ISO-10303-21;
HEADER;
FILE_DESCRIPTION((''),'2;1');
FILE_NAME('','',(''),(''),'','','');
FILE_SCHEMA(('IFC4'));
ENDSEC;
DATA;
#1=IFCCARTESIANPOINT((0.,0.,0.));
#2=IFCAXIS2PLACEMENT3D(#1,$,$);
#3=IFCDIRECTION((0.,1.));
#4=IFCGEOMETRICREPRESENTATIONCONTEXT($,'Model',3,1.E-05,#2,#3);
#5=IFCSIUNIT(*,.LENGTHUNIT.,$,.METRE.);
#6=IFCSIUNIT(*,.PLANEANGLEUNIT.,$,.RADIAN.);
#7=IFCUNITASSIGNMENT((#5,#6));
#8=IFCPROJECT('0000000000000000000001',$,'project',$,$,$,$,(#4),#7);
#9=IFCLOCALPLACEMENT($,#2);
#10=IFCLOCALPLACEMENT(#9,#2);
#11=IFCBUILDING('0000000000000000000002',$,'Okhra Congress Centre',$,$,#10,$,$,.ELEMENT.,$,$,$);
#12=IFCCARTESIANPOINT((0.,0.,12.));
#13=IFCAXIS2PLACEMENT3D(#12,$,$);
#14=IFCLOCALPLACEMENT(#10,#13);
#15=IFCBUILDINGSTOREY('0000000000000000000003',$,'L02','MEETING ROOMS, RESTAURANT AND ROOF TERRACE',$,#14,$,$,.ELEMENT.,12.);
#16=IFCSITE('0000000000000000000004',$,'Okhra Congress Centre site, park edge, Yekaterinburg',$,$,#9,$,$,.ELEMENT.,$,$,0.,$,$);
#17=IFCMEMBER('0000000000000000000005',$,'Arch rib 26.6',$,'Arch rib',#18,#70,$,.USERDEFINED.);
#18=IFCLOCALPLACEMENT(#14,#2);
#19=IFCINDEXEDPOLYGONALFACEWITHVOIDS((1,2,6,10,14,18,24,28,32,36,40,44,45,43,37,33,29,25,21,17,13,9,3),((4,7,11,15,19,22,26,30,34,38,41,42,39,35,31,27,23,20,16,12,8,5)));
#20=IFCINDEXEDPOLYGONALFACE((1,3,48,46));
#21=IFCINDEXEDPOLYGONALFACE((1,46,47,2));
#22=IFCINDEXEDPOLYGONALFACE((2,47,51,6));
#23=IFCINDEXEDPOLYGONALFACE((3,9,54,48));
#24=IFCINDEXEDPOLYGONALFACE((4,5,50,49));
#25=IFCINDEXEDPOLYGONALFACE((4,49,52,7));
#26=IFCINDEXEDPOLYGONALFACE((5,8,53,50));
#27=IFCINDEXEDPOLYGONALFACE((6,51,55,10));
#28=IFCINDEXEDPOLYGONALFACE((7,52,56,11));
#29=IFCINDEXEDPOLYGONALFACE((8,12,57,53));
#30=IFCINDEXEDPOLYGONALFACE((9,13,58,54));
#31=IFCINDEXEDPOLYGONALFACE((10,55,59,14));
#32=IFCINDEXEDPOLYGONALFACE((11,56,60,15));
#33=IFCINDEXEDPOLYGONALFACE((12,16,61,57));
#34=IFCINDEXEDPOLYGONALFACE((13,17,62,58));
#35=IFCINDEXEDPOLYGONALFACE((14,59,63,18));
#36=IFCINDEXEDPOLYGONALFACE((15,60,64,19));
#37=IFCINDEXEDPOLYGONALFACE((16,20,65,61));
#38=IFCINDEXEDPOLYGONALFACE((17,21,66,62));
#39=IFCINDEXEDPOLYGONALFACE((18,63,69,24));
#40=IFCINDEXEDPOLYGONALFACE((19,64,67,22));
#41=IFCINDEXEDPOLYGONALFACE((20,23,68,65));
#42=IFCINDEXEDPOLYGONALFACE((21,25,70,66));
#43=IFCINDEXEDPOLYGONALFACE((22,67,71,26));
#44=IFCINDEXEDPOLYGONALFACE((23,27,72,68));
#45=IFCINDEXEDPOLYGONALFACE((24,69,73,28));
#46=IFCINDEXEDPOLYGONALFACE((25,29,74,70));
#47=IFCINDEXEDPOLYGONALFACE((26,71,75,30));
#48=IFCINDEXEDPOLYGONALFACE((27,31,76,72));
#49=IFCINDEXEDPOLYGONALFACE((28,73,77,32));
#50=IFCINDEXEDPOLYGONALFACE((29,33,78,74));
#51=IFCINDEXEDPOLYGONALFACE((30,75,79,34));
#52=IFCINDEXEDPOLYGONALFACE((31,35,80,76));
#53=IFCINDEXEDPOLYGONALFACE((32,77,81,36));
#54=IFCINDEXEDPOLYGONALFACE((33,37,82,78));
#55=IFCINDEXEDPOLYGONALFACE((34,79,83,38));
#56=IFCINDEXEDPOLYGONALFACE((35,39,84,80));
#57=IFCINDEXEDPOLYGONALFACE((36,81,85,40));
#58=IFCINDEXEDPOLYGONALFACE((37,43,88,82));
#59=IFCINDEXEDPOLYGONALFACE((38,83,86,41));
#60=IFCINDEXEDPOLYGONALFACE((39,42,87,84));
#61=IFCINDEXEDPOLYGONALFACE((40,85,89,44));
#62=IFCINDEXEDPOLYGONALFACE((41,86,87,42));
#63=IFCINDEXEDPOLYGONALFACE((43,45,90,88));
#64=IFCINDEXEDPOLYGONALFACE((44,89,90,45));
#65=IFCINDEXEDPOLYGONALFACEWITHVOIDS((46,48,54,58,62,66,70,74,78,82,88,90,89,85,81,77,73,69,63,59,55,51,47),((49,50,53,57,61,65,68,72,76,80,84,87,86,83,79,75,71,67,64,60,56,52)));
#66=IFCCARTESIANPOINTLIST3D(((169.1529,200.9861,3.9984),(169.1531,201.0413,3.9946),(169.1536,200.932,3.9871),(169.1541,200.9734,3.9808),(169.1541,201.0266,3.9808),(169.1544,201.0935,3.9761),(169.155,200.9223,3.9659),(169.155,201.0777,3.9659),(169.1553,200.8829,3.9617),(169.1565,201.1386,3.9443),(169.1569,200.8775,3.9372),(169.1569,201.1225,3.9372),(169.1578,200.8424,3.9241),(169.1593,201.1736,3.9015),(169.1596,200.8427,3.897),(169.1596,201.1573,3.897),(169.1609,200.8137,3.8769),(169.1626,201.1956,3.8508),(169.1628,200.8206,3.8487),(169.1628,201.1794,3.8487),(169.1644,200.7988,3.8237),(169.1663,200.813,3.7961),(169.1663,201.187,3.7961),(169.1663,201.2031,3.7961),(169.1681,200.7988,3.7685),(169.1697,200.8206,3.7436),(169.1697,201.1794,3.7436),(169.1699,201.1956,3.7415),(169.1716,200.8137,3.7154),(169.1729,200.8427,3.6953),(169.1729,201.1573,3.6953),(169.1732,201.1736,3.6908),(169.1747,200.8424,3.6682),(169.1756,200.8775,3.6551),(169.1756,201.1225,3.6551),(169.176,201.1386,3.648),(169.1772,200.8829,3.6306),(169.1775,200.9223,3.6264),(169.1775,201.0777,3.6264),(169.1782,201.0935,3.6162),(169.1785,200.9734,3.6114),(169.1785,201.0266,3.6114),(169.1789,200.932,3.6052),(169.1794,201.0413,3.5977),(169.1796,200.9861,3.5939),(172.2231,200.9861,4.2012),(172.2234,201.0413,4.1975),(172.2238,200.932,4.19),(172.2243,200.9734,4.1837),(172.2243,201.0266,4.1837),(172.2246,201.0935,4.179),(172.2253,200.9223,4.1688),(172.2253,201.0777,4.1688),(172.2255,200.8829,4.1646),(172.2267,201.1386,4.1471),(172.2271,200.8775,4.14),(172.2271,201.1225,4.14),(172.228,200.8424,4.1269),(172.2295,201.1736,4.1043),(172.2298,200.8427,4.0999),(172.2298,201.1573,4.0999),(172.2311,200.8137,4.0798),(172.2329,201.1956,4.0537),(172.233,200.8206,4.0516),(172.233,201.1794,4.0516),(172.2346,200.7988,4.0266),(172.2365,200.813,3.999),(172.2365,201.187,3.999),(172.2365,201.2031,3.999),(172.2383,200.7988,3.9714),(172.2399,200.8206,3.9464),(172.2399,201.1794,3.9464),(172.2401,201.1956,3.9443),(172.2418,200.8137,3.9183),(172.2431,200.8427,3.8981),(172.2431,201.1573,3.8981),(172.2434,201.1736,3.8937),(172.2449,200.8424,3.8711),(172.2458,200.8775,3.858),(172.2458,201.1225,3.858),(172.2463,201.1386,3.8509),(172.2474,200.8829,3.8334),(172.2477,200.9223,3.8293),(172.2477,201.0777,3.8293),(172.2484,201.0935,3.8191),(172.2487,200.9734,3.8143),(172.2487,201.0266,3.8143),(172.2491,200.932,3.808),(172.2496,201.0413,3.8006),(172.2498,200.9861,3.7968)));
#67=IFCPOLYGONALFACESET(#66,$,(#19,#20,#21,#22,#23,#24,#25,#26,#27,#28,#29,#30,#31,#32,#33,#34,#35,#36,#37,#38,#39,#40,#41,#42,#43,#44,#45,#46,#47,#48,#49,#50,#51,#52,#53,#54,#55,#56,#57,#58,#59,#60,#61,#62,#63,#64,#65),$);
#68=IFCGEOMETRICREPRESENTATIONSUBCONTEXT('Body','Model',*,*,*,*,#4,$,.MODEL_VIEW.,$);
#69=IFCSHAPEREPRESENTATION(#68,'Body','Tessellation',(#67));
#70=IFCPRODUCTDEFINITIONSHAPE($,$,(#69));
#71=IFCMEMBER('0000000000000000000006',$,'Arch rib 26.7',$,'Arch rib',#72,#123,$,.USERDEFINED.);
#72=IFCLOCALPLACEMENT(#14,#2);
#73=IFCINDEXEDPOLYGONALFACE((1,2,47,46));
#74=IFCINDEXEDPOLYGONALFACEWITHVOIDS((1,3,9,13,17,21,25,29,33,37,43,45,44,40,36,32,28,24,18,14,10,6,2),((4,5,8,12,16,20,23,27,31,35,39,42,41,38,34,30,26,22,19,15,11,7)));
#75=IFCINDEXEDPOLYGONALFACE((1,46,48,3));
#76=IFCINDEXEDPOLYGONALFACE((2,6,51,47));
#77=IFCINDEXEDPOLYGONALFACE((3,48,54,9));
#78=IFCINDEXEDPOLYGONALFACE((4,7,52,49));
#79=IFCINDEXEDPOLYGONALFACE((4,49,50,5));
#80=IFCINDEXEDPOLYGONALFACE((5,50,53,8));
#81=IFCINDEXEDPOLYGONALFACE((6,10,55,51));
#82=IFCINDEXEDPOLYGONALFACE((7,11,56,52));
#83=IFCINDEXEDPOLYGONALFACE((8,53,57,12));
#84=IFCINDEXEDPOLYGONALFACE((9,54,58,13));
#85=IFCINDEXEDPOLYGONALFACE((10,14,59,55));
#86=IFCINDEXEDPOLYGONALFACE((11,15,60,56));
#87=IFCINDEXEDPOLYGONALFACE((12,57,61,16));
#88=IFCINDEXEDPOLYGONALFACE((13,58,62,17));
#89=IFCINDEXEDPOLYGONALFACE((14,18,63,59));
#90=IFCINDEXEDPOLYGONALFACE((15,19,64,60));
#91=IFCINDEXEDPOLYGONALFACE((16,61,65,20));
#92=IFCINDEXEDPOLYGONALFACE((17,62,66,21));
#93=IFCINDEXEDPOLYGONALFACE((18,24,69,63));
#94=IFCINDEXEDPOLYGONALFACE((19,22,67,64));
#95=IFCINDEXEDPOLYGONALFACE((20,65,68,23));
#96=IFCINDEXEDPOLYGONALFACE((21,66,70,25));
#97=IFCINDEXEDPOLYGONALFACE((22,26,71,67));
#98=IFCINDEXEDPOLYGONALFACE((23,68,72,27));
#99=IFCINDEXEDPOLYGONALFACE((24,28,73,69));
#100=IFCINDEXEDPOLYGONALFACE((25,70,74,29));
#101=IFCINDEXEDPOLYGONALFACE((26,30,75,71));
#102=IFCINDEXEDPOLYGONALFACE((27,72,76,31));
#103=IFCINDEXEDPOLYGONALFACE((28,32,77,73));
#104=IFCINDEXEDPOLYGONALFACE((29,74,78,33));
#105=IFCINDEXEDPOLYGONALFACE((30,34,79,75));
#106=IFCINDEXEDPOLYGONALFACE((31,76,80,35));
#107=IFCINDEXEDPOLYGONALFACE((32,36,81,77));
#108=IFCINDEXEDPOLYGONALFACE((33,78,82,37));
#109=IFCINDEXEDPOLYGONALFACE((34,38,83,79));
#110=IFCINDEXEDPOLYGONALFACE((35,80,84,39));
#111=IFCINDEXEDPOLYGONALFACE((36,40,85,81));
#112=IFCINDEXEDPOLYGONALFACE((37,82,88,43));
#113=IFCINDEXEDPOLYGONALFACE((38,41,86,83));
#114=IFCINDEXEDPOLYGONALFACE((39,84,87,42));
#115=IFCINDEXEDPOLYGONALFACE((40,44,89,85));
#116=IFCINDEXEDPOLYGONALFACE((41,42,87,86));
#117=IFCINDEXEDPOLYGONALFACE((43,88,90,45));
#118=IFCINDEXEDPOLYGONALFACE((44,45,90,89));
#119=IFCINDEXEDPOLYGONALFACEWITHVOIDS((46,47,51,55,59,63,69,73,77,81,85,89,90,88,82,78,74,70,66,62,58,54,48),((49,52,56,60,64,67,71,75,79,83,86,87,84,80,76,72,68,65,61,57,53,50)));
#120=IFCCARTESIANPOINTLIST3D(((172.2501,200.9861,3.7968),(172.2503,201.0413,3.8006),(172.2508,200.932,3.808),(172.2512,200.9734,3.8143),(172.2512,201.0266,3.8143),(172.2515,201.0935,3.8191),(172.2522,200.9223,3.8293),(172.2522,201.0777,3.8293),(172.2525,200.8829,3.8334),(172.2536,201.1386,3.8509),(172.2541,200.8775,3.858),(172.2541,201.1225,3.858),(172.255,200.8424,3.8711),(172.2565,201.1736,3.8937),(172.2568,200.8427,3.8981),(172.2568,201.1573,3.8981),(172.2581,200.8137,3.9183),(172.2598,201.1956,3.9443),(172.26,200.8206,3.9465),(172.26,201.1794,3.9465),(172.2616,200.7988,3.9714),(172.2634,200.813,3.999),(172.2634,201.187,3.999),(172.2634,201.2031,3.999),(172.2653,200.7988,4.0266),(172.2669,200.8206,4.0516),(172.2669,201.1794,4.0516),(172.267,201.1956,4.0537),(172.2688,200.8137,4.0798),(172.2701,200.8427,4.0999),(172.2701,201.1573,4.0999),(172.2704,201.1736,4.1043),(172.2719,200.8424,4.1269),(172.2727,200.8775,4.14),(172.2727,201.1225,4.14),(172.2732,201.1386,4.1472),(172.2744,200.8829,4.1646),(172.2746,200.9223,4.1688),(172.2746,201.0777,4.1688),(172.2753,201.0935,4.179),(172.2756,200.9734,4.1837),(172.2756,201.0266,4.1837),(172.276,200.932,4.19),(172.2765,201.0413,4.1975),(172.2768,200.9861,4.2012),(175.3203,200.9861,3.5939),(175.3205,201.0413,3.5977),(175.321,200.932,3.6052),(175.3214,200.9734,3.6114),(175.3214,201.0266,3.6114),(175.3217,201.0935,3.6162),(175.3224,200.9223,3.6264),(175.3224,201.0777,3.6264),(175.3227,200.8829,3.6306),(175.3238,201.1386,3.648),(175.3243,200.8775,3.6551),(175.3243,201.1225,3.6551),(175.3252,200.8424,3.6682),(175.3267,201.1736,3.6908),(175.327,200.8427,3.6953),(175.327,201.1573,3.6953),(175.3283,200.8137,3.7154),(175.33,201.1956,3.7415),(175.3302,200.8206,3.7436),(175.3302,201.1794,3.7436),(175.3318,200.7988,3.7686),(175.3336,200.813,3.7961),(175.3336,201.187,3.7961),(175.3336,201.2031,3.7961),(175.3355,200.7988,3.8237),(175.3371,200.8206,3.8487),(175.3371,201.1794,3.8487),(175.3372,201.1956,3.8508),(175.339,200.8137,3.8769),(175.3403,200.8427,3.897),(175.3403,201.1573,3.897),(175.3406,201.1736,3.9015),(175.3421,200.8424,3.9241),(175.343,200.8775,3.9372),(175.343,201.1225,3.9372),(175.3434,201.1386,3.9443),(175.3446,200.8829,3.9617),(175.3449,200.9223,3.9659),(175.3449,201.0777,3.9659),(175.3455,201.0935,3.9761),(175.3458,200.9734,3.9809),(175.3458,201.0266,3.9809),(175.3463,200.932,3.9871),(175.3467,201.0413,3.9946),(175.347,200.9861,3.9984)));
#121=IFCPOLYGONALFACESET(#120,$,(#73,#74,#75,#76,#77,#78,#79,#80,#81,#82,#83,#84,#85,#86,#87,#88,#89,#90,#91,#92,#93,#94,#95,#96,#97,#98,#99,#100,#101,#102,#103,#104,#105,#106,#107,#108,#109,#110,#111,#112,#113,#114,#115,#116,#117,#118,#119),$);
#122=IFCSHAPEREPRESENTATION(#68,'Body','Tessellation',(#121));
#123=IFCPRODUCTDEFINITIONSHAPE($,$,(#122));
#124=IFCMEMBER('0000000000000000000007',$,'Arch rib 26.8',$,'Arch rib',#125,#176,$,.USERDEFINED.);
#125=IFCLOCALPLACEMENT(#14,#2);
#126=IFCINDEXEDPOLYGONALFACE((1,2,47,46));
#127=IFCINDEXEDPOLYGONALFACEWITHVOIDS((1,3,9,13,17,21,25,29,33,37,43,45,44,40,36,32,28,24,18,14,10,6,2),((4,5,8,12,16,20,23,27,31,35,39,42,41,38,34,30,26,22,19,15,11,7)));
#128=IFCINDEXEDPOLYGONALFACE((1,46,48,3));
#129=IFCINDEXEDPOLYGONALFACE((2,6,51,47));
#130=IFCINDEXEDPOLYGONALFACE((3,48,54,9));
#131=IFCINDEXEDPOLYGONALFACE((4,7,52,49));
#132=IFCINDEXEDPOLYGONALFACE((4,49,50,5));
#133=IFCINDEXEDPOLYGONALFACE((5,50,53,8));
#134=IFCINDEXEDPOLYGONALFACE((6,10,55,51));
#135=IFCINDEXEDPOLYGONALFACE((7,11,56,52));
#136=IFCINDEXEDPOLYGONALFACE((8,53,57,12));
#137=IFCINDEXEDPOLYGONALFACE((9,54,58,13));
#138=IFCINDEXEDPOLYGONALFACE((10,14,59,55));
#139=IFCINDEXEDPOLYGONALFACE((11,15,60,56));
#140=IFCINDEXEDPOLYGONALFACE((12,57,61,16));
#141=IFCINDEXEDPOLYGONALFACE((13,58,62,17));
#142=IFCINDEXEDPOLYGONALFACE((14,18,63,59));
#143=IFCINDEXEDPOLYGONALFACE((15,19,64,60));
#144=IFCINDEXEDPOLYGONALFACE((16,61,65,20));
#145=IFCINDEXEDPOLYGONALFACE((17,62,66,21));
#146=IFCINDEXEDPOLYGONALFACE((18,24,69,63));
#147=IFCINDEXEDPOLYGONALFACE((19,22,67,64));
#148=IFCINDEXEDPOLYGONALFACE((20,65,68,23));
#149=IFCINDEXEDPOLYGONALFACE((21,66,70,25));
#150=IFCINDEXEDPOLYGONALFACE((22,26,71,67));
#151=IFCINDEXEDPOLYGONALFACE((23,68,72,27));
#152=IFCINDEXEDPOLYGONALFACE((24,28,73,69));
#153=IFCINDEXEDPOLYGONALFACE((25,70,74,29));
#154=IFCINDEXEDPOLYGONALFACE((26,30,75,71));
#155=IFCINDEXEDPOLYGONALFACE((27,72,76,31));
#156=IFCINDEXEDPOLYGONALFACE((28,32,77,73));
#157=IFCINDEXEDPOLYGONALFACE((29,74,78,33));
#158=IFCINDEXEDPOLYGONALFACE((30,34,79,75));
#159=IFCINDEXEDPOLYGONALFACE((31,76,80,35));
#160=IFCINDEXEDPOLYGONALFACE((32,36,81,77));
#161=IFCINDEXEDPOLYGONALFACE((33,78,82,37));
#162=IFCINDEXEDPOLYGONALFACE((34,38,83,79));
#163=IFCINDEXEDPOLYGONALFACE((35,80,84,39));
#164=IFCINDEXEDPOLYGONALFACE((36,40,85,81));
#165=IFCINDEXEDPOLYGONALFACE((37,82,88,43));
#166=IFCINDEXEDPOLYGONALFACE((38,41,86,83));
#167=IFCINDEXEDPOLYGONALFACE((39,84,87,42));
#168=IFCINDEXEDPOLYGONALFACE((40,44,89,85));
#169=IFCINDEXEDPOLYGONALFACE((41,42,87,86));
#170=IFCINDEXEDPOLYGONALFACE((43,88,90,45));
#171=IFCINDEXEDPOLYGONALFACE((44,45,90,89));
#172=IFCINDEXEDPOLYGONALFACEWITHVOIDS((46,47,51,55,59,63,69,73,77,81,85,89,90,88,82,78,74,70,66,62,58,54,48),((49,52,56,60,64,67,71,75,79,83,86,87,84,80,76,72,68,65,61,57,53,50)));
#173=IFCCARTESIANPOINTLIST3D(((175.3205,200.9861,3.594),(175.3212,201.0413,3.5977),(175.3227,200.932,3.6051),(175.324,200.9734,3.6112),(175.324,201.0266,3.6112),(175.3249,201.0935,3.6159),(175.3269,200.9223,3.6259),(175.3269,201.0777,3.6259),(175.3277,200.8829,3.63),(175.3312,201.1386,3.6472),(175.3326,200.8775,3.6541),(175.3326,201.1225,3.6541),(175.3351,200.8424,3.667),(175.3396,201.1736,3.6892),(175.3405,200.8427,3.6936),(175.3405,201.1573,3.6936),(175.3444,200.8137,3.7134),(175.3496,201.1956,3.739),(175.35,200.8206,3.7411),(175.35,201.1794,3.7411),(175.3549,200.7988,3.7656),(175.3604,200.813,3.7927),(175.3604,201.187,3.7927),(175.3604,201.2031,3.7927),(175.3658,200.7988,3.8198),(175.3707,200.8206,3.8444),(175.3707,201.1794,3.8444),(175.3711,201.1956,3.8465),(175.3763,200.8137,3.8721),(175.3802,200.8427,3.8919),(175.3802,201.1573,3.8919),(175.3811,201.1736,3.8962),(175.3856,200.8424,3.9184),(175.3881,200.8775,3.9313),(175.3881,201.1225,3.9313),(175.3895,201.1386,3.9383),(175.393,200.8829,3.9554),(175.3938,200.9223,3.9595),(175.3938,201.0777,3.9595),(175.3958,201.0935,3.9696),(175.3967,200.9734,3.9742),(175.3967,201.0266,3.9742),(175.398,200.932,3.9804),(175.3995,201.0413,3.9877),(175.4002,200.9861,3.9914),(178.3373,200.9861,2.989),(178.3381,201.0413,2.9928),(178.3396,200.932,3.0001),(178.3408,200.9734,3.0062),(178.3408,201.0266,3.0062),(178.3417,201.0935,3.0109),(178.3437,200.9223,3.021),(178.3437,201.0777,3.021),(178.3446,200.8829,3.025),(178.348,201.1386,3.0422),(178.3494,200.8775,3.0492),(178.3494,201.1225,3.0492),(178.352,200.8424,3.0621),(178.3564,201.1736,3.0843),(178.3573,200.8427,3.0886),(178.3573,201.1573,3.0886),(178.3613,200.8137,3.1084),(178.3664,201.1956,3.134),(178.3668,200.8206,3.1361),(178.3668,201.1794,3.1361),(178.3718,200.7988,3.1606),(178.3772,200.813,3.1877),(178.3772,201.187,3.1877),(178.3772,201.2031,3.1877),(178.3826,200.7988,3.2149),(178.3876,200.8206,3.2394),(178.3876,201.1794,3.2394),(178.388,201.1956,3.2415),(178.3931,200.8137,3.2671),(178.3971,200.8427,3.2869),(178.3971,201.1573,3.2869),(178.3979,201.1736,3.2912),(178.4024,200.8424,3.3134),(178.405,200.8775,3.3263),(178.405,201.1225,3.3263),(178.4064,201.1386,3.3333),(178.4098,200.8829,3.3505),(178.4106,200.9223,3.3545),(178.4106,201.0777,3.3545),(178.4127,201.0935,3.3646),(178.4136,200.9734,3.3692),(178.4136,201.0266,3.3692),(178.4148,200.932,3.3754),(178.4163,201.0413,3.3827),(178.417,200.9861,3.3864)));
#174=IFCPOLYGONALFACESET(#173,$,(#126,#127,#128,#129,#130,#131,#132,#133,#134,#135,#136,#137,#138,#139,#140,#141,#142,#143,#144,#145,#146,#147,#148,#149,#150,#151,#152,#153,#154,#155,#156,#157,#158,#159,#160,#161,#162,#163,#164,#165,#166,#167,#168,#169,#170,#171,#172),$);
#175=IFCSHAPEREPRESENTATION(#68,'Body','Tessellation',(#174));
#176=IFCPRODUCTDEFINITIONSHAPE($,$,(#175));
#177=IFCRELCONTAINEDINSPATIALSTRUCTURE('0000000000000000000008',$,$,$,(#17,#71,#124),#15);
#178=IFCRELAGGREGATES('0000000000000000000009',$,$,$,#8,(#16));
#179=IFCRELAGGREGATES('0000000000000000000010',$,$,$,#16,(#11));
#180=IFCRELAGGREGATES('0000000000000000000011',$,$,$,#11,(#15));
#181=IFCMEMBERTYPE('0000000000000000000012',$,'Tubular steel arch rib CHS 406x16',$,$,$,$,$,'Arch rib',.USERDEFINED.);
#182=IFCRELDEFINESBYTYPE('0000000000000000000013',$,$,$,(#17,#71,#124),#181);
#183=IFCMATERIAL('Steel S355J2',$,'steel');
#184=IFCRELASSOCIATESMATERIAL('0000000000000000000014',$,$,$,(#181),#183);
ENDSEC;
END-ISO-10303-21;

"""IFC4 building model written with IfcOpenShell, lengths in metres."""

from ifc_helpers import new_model, si_unit, direction, frame, origin, origin_2d, place, context, subcontext, project, spatial, hollow_circle, extrude, material, material_profile, profile_set, type_object, element, save


model = new_model("IFC4")

# Units and contexts
model_context = context("Model", 3, precision=1e-05, world=origin(), true_north=direction((0.0, 1.0)))
body_context = subcontext(model_context, "Body", "Model", "MODEL_VIEW")
ifc_project = project(units=[si_unit("LENGTHUNIT", "METRE"), si_unit("PLANEANGLEUNIT", "RADIAN")], contexts=[model_context])

# Site, building, storey
site_placement = place(None, origin())
site = spatial("IfcSite", under=ifc_project, at=site_placement, Name="Okhra Congress Centre site, park edge, Yekaterinburg", CompositionType="ELEMENT", RefElevation=0.0)
building_placement = place(site_placement, origin())
building = spatial("IfcBuilding", under=site, at=building_placement, Name="Okhra Congress Centre", CompositionType="ELEMENT")
storey_placement = place(building_placement, frame((0.0, 0.0, 12.0)))
storey = spatial("IfcBuildingStorey", under=building, at=storey_placement, Name="L02", Description="MEETING ROOMS, RESTAURANT AND ROOF TERRACE", CompositionType="ELEMENT", Elevation=12.0)

# Members
ifc_material_1 = material(Name="Steel S355J2", Category="steel")
ifc_material_profile_1 = material_profile(ifc_material_1, hollow_circle(Radius=0.2031, WallThickness=0.0161, at=origin_2d()), Name="CHS 406.4x16")
ifc_profile_set_1 = profile_set([ifc_material_profile_1], Name="Steel S355J2")
member_type_1 = type_object("IfcMemberType", Name="Tubular steel arch rib CHS 406x16", ElementType="Arch rib", PredefinedType="USERDEFINED", material=ifc_profile_set_1)
for number, where, z_axis, x_axis, name in (
    (1, (169.1663, 201.0, 3.7961), (0.997824, 0.0, 0.065934), (0.0, 1.0, 0.0), "Arch rib 26.6"),
    (2, (172.2634, 201.0, 3.999), (0.997824, 0.0, -0.065934), (0.0, 1.0, 0.0), "Arch rib 26.7"),
    (3, (175.3604, 201.0, 3.7927), (0.98048, 0.0, -0.19662), (0.0, 1.0, 0.0), "Arch rib 26.8"),
):
    element("IfcMember", number, at=place(storey_placement, frame(where, z_axis=z_axis, x_axis=x_axis)), inside=storey, type_object=member_type_1, Name=name, ObjectType="Arch rib", PredefinedType="USERDEFINED", context=body_context, shape_type="SweptSolid", body=[
        extrude(hollow_circle(Radius=0.2031, WallThickness=0.0161, at=origin_2d()), origin(), (0.0, 0.0, 1.0), 3.0769),
    ])

save(model, "model.ifc")
